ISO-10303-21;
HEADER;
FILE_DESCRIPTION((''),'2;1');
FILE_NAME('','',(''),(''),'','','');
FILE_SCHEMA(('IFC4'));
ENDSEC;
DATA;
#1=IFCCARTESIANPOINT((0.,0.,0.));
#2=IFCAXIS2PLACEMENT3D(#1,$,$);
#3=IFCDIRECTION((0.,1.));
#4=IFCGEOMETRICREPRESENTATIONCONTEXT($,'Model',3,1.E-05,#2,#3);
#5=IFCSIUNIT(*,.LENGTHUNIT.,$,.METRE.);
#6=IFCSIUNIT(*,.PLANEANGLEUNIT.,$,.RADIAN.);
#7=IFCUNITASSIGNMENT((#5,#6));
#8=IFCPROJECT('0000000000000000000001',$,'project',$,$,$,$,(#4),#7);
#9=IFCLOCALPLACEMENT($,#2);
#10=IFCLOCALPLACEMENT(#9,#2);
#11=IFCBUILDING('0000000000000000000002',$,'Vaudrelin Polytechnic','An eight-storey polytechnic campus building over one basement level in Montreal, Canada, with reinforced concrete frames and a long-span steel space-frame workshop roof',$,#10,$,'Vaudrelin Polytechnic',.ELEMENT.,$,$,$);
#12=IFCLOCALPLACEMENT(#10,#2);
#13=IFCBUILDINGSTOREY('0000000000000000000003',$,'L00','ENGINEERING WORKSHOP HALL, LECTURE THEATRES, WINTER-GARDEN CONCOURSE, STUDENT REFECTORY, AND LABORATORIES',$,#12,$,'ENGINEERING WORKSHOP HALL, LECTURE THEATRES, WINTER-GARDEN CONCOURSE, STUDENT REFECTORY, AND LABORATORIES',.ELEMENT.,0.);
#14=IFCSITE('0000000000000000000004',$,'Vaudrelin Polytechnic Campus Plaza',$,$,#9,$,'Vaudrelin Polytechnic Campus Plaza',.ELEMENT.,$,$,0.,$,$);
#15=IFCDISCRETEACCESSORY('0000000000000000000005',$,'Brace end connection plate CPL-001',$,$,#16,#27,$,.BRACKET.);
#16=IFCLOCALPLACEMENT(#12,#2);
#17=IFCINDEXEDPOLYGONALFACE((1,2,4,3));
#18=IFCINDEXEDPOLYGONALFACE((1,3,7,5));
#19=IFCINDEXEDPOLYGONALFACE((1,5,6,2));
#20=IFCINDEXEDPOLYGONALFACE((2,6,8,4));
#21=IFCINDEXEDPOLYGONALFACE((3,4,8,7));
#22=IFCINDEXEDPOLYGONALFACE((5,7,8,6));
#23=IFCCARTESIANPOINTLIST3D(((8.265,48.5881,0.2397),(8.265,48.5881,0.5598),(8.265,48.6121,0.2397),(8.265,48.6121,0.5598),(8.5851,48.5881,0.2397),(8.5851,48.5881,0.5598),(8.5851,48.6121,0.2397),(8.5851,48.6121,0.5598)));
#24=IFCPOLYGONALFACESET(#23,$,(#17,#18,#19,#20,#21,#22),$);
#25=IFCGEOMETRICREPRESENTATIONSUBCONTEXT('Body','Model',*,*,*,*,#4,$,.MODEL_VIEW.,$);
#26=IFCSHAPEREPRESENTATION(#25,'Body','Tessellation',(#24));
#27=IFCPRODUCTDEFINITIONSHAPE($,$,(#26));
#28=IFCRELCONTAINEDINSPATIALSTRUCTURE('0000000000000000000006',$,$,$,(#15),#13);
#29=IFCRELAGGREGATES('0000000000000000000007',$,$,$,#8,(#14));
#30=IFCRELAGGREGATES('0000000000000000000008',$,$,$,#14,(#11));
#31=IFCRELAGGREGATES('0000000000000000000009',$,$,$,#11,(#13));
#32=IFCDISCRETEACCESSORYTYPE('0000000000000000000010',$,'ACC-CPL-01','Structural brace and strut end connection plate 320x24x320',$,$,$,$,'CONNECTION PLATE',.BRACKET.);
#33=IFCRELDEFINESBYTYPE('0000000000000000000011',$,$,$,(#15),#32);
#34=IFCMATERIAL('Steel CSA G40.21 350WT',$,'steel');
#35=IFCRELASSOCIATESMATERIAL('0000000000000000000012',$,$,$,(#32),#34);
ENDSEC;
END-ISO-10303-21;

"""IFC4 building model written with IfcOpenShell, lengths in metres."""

from ifc_helpers import new_model, si_unit, direction, frame, origin, origin_2d, place, context, subcontext, project, spatial, rectangle, extrude, material, type_object, element, save


model = new_model("IFC4")

# Units and contexts
model_context = context("Model", 3, precision=1e-05, world=origin(), true_north=direction((0.0, 1.0)))
body_context = subcontext(model_context, "Body", "Model", "MODEL_VIEW")
ifc_project = project(units=[si_unit("LENGTHUNIT", "METRE"), si_unit("PLANEANGLEUNIT", "RADIAN")], contexts=[model_context])

# Site, building, storey
site_placement = place(None, origin())
site = spatial("IfcSite", under=ifc_project, at=site_placement, Name="Vaudrelin Polytechnic Campus Plaza", LongName="Vaudrelin Polytechnic Campus Plaza", CompositionType="ELEMENT", RefElevation=0.0)
building_placement = place(site_placement, origin())
building = spatial("IfcBuilding", under=site, at=building_placement, Name="Vaudrelin Polytechnic", Description="An eight-storey polytechnic campus building over one basement level in Montreal, Canada, with reinforced concrete frames and a long-span steel space-frame workshop roof", LongName="Vaudrelin Polytechnic", CompositionType="ELEMENT")
storey_placement = place(building_placement, origin())
storey = spatial("IfcBuildingStorey", under=building, at=storey_placement, Name="L00", Description="ENGINEERING WORKSHOP HALL, LECTURE THEATRES, WINTER-GARDEN CONCOURSE, STUDENT REFECTORY, AND LABORATORIES", LongName="ENGINEERING WORKSHOP HALL, LECTURE THEATRES, WINTER-GARDEN CONCOURSE, STUDENT REFECTORY, AND LABORATORIES", CompositionType="ELEMENT", Elevation=0.0)

# Shared definitions
ifc_material_1 = material(Name="Steel CSA G40.21 350WT", Category="steel")

# Discrete accessory
discrete_accessory_type = type_object("IfcDiscreteAccessoryType", Name="ACC-CPL-01", Description="Structural brace and strut end connection plate 320x24x320", ElementType="CONNECTION PLATE", PredefinedType="BRACKET", material=ifc_material_1)
discrete_accessory_placement = place(storey_placement, frame((8.425, 48.6001, 0.2397), z_axis=(0.0, 0.0, 1.0), x_axis=(1.0, 0.0, 0.0)))
element("IfcDiscreteAccessory", 1, at=discrete_accessory_placement, inside=storey, type_object=discrete_accessory_type, Name="Brace end connection plate CPL-001", PredefinedType="BRACKET", context=body_context, shape_type="SweptSolid", body=[
    extrude(rectangle(XDim=0.3201, YDim=0.0239, at=origin_2d()), origin(), (0.0, 0.0, 1.0), 0.3201),
])

save(model, "model.ifc")
